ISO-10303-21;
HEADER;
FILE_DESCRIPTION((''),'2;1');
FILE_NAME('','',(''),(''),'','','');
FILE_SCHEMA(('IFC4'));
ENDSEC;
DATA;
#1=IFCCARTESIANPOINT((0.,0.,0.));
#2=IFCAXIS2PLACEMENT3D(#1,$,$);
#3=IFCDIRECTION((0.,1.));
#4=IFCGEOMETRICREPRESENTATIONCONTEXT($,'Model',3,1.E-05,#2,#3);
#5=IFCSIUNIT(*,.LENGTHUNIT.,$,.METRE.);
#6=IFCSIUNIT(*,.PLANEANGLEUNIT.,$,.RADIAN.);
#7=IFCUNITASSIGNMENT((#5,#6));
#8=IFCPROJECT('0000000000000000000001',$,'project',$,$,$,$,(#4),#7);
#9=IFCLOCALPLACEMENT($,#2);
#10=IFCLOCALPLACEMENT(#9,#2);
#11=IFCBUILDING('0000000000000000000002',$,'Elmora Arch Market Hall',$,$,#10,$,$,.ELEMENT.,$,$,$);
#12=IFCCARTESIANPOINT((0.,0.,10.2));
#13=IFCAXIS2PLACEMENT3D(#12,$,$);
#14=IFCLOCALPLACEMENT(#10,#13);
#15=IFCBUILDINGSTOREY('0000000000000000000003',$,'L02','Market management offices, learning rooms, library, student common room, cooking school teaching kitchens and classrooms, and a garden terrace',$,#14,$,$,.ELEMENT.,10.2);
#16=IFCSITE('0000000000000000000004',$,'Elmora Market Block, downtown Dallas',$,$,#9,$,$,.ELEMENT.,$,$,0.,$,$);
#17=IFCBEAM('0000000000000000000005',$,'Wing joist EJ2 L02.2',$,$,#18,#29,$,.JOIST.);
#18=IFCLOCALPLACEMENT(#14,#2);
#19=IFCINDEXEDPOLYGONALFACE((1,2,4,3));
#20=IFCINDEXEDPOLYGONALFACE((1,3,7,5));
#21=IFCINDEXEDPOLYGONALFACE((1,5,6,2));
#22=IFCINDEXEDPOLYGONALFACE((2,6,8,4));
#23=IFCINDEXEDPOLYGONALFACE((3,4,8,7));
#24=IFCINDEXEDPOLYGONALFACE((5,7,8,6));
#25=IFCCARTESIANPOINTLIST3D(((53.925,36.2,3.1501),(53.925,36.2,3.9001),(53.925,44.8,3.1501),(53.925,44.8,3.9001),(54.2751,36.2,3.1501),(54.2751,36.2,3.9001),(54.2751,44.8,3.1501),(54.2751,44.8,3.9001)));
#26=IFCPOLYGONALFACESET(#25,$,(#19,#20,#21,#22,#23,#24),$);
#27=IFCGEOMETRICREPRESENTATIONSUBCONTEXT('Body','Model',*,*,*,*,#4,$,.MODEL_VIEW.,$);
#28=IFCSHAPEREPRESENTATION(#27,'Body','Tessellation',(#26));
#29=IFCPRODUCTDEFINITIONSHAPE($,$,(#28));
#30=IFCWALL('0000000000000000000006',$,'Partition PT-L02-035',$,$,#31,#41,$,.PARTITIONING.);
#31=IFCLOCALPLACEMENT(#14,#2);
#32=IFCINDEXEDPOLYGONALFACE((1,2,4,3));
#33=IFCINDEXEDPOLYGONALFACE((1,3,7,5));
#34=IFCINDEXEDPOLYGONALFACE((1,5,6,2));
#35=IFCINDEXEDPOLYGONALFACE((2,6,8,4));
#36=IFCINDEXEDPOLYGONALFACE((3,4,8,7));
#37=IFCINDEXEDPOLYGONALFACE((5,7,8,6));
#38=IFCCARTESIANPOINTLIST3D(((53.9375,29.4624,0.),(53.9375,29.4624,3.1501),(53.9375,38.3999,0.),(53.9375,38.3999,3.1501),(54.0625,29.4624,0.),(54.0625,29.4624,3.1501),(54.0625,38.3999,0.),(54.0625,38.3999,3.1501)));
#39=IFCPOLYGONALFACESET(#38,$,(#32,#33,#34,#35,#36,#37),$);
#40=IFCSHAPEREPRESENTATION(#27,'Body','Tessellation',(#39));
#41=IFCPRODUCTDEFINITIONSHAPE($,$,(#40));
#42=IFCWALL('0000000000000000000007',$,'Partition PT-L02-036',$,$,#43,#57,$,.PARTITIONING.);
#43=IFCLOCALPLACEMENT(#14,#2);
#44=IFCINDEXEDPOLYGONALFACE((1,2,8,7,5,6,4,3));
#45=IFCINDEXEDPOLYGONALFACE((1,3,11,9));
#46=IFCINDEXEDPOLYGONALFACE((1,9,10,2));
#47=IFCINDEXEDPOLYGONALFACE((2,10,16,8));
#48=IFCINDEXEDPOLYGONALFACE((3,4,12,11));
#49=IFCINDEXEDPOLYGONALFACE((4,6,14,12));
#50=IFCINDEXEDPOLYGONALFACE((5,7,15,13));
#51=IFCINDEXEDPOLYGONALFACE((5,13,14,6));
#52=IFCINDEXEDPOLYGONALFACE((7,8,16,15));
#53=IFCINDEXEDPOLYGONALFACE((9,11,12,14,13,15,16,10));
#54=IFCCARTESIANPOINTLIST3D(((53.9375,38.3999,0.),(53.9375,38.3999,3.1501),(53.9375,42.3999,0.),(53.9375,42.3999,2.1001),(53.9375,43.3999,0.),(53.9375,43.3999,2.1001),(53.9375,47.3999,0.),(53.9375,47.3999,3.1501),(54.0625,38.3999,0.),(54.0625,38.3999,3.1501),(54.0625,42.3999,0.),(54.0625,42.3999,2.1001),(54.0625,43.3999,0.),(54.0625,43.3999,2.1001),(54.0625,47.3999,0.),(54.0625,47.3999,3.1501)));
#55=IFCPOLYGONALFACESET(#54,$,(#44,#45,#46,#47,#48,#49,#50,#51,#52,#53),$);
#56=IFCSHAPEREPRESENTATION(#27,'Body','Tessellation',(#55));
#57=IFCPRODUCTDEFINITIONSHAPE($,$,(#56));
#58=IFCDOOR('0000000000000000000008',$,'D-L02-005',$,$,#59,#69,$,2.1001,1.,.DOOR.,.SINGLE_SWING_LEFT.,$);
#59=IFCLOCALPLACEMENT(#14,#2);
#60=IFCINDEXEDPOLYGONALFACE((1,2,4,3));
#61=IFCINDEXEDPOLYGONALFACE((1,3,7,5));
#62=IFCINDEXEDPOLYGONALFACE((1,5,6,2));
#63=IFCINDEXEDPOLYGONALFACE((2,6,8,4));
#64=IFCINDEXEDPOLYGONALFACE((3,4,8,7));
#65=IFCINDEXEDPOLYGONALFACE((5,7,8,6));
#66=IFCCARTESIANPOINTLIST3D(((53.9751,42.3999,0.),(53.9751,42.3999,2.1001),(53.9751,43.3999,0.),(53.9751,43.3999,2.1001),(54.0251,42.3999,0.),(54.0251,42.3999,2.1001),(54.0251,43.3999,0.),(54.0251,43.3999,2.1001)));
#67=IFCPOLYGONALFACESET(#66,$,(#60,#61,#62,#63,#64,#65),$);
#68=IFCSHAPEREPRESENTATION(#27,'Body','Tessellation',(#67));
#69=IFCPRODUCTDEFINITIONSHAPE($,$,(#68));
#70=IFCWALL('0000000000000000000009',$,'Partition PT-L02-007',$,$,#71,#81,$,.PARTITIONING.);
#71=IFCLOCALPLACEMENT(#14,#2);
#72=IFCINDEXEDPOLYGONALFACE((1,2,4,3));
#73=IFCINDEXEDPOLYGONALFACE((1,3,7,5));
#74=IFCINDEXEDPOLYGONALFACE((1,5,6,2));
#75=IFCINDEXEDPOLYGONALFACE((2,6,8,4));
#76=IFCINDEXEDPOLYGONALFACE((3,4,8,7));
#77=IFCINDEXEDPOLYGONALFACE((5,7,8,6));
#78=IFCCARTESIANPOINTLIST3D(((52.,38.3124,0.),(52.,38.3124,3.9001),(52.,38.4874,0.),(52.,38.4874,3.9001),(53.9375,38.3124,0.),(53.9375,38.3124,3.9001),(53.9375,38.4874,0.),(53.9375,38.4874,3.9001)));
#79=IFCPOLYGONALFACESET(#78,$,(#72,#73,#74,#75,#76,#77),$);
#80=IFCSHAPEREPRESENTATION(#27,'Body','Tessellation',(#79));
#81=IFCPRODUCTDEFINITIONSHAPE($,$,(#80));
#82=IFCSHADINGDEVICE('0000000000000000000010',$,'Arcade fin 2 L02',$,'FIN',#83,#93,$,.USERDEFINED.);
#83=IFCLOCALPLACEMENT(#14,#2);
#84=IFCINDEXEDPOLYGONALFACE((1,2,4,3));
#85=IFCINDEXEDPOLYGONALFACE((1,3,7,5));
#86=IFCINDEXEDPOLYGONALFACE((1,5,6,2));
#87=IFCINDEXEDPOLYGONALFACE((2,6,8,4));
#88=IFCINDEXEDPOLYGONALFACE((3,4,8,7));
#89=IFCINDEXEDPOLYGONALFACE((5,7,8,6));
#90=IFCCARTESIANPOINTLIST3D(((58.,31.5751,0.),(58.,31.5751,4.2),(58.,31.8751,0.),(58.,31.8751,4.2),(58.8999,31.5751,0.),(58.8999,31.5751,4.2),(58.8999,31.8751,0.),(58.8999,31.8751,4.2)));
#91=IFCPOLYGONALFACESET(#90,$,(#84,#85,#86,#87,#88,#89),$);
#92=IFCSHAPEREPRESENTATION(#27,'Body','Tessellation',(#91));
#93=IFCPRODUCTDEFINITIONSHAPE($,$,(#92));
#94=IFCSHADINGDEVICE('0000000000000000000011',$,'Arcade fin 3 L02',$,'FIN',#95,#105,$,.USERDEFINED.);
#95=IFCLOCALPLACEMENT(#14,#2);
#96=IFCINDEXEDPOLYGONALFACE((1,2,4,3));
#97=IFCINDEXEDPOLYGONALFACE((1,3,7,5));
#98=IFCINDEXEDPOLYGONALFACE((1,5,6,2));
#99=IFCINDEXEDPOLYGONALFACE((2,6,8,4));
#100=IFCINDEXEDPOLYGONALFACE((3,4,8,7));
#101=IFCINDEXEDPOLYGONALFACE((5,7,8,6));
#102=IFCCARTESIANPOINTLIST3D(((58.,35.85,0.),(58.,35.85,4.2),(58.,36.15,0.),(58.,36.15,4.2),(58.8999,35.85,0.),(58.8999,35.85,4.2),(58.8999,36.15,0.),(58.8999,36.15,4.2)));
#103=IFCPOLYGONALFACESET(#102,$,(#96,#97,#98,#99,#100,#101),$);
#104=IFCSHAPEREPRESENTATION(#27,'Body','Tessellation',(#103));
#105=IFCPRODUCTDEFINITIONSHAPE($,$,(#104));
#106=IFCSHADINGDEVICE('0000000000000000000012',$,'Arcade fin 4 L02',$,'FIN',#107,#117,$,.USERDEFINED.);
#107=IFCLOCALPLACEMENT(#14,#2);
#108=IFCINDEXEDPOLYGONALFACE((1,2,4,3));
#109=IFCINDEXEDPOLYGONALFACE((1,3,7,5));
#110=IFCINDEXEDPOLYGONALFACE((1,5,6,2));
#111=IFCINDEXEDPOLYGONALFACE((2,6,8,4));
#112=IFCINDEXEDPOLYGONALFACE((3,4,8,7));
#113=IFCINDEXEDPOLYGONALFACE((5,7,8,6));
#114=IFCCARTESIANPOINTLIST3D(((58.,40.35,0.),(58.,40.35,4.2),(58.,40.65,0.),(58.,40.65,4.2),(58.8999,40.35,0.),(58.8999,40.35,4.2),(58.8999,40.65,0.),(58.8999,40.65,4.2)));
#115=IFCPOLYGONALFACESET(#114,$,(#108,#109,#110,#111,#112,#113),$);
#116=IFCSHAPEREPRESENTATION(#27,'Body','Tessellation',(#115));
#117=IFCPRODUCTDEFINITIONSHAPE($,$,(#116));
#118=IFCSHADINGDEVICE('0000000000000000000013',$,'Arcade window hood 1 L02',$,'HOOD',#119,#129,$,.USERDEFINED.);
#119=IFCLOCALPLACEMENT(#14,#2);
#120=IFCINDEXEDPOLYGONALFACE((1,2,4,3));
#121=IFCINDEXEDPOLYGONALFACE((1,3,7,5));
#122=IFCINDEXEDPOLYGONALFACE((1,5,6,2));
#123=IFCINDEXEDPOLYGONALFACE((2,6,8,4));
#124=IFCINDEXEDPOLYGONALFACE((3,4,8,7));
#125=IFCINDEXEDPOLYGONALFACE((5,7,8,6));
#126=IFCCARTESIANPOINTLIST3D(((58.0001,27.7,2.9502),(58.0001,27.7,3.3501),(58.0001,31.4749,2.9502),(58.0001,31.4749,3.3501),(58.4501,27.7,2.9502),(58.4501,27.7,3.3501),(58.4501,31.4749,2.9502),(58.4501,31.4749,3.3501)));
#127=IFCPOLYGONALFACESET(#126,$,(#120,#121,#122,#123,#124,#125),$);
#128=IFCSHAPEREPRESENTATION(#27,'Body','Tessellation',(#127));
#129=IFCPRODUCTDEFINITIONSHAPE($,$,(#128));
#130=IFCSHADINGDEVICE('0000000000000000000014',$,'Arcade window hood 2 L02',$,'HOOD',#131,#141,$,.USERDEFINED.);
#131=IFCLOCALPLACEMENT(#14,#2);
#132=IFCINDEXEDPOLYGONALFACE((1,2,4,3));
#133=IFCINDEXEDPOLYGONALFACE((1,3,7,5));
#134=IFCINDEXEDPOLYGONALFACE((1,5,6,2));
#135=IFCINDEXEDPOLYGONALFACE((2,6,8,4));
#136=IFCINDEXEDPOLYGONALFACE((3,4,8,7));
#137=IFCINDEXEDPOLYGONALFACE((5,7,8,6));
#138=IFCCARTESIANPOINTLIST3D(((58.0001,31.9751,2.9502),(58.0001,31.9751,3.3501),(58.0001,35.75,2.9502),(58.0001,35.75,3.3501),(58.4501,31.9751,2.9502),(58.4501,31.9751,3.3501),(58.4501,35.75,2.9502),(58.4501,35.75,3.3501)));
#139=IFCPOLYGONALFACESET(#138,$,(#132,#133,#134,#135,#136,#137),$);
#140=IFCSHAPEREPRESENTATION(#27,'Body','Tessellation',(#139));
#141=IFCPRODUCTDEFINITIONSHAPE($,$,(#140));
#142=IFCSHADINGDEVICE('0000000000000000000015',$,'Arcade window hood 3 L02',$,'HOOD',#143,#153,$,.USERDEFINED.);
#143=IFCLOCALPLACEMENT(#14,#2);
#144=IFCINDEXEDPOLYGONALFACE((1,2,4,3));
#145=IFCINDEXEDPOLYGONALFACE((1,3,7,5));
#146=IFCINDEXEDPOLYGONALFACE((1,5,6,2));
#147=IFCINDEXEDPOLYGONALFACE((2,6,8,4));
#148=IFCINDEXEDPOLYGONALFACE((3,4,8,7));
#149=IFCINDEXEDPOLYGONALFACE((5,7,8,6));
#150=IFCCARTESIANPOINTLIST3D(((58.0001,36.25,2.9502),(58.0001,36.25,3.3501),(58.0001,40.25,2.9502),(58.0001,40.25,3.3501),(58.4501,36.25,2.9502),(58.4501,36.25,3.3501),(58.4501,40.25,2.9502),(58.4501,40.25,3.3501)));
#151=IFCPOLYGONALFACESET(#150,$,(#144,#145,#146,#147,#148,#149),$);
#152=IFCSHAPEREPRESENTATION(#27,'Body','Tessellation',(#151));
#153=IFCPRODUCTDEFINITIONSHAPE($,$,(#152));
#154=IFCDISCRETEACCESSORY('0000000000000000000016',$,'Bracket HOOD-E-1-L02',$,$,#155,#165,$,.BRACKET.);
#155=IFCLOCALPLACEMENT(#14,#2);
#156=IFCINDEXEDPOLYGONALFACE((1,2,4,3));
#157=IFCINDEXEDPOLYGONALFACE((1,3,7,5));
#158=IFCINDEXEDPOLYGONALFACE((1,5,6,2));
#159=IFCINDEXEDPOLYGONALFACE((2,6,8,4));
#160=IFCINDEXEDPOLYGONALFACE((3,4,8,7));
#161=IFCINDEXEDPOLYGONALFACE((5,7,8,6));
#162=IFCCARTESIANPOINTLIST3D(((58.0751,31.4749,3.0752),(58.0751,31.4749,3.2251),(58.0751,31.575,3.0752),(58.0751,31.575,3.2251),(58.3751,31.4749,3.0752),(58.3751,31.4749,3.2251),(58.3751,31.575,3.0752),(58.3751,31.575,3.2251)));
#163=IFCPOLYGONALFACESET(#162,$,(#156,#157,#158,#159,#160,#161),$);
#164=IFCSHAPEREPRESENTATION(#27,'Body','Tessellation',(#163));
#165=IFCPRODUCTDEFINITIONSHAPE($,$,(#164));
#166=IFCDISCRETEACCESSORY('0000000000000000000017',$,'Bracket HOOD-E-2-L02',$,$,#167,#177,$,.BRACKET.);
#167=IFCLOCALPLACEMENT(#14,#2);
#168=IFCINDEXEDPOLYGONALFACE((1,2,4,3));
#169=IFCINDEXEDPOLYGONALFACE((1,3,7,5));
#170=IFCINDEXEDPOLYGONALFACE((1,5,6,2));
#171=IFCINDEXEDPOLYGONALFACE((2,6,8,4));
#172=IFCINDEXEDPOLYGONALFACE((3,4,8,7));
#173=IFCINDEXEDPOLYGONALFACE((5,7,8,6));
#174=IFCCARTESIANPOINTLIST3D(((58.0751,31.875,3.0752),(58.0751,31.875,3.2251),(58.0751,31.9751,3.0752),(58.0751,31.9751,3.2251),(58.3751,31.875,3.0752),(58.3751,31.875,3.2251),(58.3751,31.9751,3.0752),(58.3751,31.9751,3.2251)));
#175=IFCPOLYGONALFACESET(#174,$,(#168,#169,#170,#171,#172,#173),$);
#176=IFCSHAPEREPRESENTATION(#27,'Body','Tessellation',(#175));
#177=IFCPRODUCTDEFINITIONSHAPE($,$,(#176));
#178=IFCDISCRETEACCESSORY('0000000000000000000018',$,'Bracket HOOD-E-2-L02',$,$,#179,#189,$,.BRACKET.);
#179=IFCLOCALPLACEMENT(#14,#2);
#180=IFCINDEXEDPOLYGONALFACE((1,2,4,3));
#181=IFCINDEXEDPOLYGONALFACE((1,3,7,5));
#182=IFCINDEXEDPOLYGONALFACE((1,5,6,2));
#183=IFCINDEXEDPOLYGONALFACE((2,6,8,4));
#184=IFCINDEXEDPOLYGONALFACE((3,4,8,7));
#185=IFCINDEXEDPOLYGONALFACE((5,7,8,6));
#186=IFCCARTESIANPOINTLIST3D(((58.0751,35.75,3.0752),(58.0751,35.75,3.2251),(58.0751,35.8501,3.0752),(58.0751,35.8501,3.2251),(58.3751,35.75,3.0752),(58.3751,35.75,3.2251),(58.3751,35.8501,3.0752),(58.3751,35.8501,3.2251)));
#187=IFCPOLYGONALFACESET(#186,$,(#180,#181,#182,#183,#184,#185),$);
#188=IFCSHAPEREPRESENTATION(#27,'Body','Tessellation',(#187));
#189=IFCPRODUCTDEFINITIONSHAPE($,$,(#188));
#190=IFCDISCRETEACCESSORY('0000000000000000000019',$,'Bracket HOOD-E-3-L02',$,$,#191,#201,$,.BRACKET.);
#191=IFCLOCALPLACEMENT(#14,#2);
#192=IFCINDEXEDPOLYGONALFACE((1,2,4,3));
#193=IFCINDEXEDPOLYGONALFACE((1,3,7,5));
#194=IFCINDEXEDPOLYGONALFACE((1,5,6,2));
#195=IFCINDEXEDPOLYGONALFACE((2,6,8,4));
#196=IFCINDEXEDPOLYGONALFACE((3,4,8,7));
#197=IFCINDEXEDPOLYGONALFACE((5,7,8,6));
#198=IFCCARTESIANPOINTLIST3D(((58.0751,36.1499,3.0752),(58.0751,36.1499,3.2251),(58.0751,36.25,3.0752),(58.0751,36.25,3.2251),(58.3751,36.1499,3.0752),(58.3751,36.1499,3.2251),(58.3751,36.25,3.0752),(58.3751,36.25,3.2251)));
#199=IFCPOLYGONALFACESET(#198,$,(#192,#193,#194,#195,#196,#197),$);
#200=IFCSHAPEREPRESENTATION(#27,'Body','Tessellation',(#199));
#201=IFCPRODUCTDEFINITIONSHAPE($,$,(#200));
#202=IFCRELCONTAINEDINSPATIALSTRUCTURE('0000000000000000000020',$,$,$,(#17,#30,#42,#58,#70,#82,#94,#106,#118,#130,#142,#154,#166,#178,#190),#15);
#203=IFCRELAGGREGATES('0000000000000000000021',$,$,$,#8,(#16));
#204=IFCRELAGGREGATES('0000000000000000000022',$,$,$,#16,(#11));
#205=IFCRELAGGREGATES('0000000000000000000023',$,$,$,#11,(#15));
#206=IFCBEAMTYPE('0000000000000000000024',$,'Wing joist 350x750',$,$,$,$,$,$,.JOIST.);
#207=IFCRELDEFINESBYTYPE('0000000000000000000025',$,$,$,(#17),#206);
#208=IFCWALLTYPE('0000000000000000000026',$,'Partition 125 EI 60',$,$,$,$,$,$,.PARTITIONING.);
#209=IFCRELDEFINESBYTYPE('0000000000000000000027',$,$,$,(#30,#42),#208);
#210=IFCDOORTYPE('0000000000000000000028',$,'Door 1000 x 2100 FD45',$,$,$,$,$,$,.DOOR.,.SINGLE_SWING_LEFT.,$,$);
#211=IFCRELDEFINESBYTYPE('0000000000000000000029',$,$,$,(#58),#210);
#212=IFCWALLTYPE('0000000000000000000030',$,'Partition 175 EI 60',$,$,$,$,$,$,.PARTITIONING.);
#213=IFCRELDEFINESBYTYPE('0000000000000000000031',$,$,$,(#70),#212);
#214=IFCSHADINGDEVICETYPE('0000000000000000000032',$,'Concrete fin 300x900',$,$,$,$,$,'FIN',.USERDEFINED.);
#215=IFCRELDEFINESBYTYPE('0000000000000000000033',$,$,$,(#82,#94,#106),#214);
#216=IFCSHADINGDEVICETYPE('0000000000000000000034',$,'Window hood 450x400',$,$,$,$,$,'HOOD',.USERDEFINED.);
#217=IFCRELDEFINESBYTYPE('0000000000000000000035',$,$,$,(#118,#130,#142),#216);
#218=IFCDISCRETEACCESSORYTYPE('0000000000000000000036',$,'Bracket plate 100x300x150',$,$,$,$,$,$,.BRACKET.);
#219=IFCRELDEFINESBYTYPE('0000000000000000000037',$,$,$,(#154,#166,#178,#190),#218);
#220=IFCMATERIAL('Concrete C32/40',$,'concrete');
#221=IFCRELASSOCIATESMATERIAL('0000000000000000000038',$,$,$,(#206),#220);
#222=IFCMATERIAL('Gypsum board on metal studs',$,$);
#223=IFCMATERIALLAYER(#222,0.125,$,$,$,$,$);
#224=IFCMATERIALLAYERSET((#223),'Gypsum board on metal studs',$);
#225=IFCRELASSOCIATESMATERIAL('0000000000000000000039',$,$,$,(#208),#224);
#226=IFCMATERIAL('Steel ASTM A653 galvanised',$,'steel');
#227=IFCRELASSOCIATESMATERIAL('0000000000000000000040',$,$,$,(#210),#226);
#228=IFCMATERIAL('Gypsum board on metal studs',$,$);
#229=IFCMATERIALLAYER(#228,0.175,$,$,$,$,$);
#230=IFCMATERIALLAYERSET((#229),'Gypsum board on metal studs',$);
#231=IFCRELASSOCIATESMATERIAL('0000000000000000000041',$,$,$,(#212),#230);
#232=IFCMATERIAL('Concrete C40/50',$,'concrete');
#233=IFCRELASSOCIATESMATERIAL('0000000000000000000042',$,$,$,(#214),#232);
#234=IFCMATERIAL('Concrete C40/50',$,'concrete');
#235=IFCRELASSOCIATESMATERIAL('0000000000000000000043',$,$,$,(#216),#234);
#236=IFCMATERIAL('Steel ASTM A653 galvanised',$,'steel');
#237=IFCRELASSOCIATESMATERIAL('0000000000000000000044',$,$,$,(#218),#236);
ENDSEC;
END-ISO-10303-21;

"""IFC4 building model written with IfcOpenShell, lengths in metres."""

from ifc_helpers import new_model, si_unit, direction, frame, frame_2d, origin, origin_2d, place, context, subcontext, project, spatial, rectangle, extrude, material, layer, layer_set, material_profile, profile_set, type_object, element, fill, save


model = new_model("IFC4")

# Units and contexts
model_context = context("Model", 3, precision=1e-05, world=origin(), true_north=direction((0.0, 1.0)))
body_context = subcontext(model_context, "Body", "Model", "MODEL_VIEW")
ifc_project = project(units=[si_unit("LENGTHUNIT", "METRE"), si_unit("PLANEANGLEUNIT", "RADIAN")], contexts=[model_context])

# Site, building, storey
site_placement = place(None, origin())
site = spatial("IfcSite", under=ifc_project, at=site_placement, Name="Elmora Market Block, downtown Dallas", CompositionType="ELEMENT", RefElevation=0.0)
building_placement = place(site_placement, origin())
building = spatial("IfcBuilding", under=site, at=building_placement, Name="Elmora Arch Market Hall", CompositionType="ELEMENT")
storey_placement = place(building_placement, frame((0.0, 0.0, 10.2)))
storey = spatial("IfcBuildingStorey", under=building, at=storey_placement, Name="L02", Description="Market management offices, learning rooms, library, student common room, cooking school teaching kitchens and classrooms, and a garden terrace", CompositionType="ELEMENT", Elevation=10.2)

# Beam
ifc_material_1 = material(Name="Concrete C32/40", Category="concrete")
ifc_material_profile = material_profile(ifc_material_1, rectangle(XDim=0.3501, YDim=0.75, at=origin_2d()), Name="Wing joist 350x750")
ifc_profile_set = profile_set([ifc_material_profile], Name="Concrete C32/40")
beam_type = type_object("IfcBeamType", Name="Wing joist 350x750", PredefinedType="JOIST", material=ifc_profile_set)
beam_placement = place(storey_placement, frame((54.1001, 36.2, 3.5251), z_axis=(0.0, 1.0, 0.0), x_axis=(-1.0, 0.0, 0.0)))
element("IfcBeam", 1, at=beam_placement, inside=storey, type_object=beam_type, Name="Wing joist EJ2 L02.2", PredefinedType="JOIST", context=body_context, shape_type="SweptSolid", body=[
    extrude(rectangle(XDim=0.3501, YDim=0.75, at=origin_2d()), origin(), (0.0, 0.0, 1.0), 8.6001),
])

# Wall
ifc_material_2 = material(Name="Gypsum board on metal studs")
ifc_layer_1 = layer(ifc_material_2, 0.125)
ifc_layer_set_1 = layer_set([ifc_layer_1], Name="Gypsum board on metal studs")
wall_type_1 = type_object("IfcWallType", Name="Partition 125 EI 60", PredefinedType="PARTITIONING", material=ifc_layer_set_1)
wall_1_placement = place(storey_placement, frame((54.0, 29.4624, 0.0), z_axis=(0.0, 0.0, 1.0), x_axis=(0.0, 1.0, 0.0)))
element("IfcWall", 2, at=wall_1_placement, inside=storey, type_object=wall_type_1, Name="Partition PT-L02-035", PredefinedType="PARTITIONING", context=body_context, shape_type="SweptSolid", body=[
    extrude(rectangle(XDim=8.9375, YDim=0.125, at=frame_2d((4.4688, 0.0))), origin(), (0.0, 0.0, 1.0), 3.1501),
])

# Wall, opening, door
wall_2_placement = place(storey_placement, frame((54.0, 38.3999, 0.0), z_axis=(0.0, 0.0, 1.0), x_axis=(0.0, 1.0, 0.0)))
wall_2 = element("IfcWall", 3, at=wall_2_placement, inside=storey, type_object=wall_type_1, Name="Partition PT-L02-036", PredefinedType="PARTITIONING", context=body_context, shape_type="SweptSolid", body=[
    extrude(rectangle(XDim=9.0, YDim=0.125, at=frame_2d((4.5, 0.0))), origin(), (0.0, 0.0, 1.0), 3.1501),
])
opening_placement = place(wall_2_placement, frame((4.0, 0.0, 0.0)))
opening = element("IfcOpeningElement", 4, at=opening_placement, cuts=wall_2, PredefinedType="OPENING", context=body_context, shape_type="SweptSolid", body=[
    extrude(rectangle(XDim=1.0, YDim=2.1001, at=frame_2d((0.5, 1.05))), frame((0.0, 0.0725, 0.0), z_axis=(0.0, -1.0, 0.0), x_axis=(1.0, 0.0, 0.0)), (0.0, 0.0, 1.0), 0.145),
])
ifc_material_3 = material(Name="Steel ASTM A653 galvanised", Category="steel")
door_type = type_object("IfcDoorType", Name="Door 1000 x 2100 FD45", OperationType="SINGLE_SWING_LEFT", PredefinedType="DOOR", material=ifc_material_3)
door_placement = place(opening_placement, origin())
door = element("IfcDoor", 5, at=door_placement, inside=storey, type_object=door_type, Name="D-L02-005", OperationType="SINGLE_SWING_LEFT", OverallHeight=2.1001, OverallWidth=1.0, PredefinedType="DOOR", context=body_context, shape_type="SweptSolid", body=[
    extrude(rectangle(XDim=1.0, YDim=2.1001, at=frame_2d((0.5, 1.05))), frame((0.0, 0.0249, 0.0), z_axis=(0.0, -1.0, 0.0), x_axis=(1.0, 0.0, 0.0)), (0.0, 0.0, 1.0), 0.05),
])
fill(opening, door)

# Wall
ifc_material_4 = material(Name="Gypsum board on metal studs")
ifc_layer_2 = layer(ifc_material_4, 0.175)
ifc_layer_set_2 = layer_set([ifc_layer_2], Name="Gypsum board on metal studs")
wall_type_2 = type_object("IfcWallType", Name="Partition 175 EI 60", PredefinedType="PARTITIONING", material=ifc_layer_set_2)
wall_3_placement = place(storey_placement, frame((52.0, 38.3999, 0.0), z_axis=(0.0, 0.0, 1.0), x_axis=(1.0, 0.0, 0.0)))
element("IfcWall", 6, at=wall_3_placement, inside=storey, type_object=wall_type_2, Name="Partition PT-L02-007", PredefinedType="PARTITIONING", context=body_context, shape_type="SweptSolid", body=[
    extrude(rectangle(XDim=1.9375, YDim=0.175, at=frame_2d((0.9688, 0.0))), origin(), (0.0, 0.0, 1.0), 3.9001),
])

# Shading devices
ifc_material_5 = material(Name="Concrete C40/50", Category="concrete")
shading_device_type_1 = type_object("IfcShadingDeviceType", Name="Concrete fin 300x900", ElementType="FIN", PredefinedType="USERDEFINED", material=ifc_material_5)
for number, where, z_axis, x_axis, name in (
    (7, (58.45, 31.7251, 0.0), (0.0, 0.0, 1.0), (1.0, 0.0, 0.0), "Arcade fin 2 L02"),
    (8, (58.45, 36.0, 0.0), (0.0, 0.0, 1.0), (1.0, 0.0, 0.0), "Arcade fin 3 L02"),
    (9, (58.45, 40.5, 0.0), (0.0, 0.0, 1.0), (1.0, 0.0, 0.0), "Arcade fin 4 L02"),
):
    element("IfcShadingDevice", number, at=place(storey_placement, frame(where, z_axis=z_axis, x_axis=x_axis)), inside=storey, type_object=shading_device_type_1, Name=name, ObjectType="FIN", PredefinedType="USERDEFINED", context=body_context, shape_type="SweptSolid", body=[
        extrude(rectangle(XDim=0.8999, YDim=0.3, at=origin_2d()), origin(), (0.0, 0.0, 1.0), 4.2),
    ])
ifc_material_6 = material(Name="Concrete C40/50", Category="concrete")
shading_device_type_2 = type_object("IfcShadingDeviceType", Name="Window hood 450x400", ElementType="HOOD", PredefinedType="USERDEFINED", material=ifc_material_6)
for number, where, z_axis, x_axis, name in (
    (10, (58.2251, 29.5874, 2.9502), (0.0, 0.0, 1.0), (1.0, 0.0, 0.0), "Arcade window hood 1 L02"),
    (11, (58.2251, 33.8625, 2.9502), (0.0, 0.0, 1.0), (1.0, 0.0, 0.0), "Arcade window hood 2 L02"),
):
    element("IfcShadingDevice", number, at=place(storey_placement, frame(where, z_axis=z_axis, x_axis=x_axis)), inside=storey, type_object=shading_device_type_2, Name=name, ObjectType="HOOD", PredefinedType="USERDEFINED", context=body_context, shape_type="SweptSolid", body=[
        extrude(rectangle(XDim=0.45, YDim=3.7749, at=origin_2d()), origin(), (0.0, 0.0, 1.0), 0.3999),
    ])
shading_device_placement = place(storey_placement, frame((58.2251, 38.25, 2.9502), z_axis=(0.0, 0.0, 1.0), x_axis=(1.0, 0.0, 0.0)))
element("IfcShadingDevice", 12, at=shading_device_placement, inside=storey, type_object=shading_device_type_2, Name="Arcade window hood 3 L02", ObjectType="HOOD", PredefinedType="USERDEFINED", context=body_context, shape_type="SweptSolid", body=[
    extrude(rectangle(XDim=0.45, YDim=4.0, at=origin_2d()), origin(), (0.0, 0.0, 1.0), 0.3999),
])

# Discrete accessories
ifc_material_7 = material(Name="Steel ASTM A653 galvanised", Category="steel")
discrete_accessory_type = type_object("IfcDiscreteAccessoryType", Name="Bracket plate 100x300x150", PredefinedType="BRACKET", material=ifc_material_7)
for number, where, z_axis, x_axis, name in (
    (13, (58.2251, 31.5249, 3.0752), (0.0, 0.0, 1.0), (1.0, 0.0, 0.0), "Bracket HOOD-E-1-L02"),
    (14, (58.2251, 31.925, 3.0752), (0.0, 0.0, 1.0), (1.0, 0.0, 0.0), "Bracket HOOD-E-2-L02"),
    (15, (58.2251, 35.8, 3.0752), (0.0, 0.0, 1.0), (1.0, 0.0, 0.0), "Bracket HOOD-E-2-L02"),
    (16, (58.2251, 36.2, 3.0752), (0.0, 0.0, 1.0), (1.0, 0.0, 0.0), "Bracket HOOD-E-3-L02"),
):
    element("IfcDiscreteAccessory", number, at=place(storey_placement, frame(where, z_axis=z_axis, x_axis=x_axis)), inside=storey, type_object=discrete_accessory_type, Name=name, PredefinedType="BRACKET", context=body_context, shape_type="SweptSolid", body=[
        extrude(rectangle(XDim=0.3, YDim=0.1001, at=origin_2d()), origin(), (0.0, 0.0, 1.0), 0.1499),
    ])

save(model, "model.ifc")
